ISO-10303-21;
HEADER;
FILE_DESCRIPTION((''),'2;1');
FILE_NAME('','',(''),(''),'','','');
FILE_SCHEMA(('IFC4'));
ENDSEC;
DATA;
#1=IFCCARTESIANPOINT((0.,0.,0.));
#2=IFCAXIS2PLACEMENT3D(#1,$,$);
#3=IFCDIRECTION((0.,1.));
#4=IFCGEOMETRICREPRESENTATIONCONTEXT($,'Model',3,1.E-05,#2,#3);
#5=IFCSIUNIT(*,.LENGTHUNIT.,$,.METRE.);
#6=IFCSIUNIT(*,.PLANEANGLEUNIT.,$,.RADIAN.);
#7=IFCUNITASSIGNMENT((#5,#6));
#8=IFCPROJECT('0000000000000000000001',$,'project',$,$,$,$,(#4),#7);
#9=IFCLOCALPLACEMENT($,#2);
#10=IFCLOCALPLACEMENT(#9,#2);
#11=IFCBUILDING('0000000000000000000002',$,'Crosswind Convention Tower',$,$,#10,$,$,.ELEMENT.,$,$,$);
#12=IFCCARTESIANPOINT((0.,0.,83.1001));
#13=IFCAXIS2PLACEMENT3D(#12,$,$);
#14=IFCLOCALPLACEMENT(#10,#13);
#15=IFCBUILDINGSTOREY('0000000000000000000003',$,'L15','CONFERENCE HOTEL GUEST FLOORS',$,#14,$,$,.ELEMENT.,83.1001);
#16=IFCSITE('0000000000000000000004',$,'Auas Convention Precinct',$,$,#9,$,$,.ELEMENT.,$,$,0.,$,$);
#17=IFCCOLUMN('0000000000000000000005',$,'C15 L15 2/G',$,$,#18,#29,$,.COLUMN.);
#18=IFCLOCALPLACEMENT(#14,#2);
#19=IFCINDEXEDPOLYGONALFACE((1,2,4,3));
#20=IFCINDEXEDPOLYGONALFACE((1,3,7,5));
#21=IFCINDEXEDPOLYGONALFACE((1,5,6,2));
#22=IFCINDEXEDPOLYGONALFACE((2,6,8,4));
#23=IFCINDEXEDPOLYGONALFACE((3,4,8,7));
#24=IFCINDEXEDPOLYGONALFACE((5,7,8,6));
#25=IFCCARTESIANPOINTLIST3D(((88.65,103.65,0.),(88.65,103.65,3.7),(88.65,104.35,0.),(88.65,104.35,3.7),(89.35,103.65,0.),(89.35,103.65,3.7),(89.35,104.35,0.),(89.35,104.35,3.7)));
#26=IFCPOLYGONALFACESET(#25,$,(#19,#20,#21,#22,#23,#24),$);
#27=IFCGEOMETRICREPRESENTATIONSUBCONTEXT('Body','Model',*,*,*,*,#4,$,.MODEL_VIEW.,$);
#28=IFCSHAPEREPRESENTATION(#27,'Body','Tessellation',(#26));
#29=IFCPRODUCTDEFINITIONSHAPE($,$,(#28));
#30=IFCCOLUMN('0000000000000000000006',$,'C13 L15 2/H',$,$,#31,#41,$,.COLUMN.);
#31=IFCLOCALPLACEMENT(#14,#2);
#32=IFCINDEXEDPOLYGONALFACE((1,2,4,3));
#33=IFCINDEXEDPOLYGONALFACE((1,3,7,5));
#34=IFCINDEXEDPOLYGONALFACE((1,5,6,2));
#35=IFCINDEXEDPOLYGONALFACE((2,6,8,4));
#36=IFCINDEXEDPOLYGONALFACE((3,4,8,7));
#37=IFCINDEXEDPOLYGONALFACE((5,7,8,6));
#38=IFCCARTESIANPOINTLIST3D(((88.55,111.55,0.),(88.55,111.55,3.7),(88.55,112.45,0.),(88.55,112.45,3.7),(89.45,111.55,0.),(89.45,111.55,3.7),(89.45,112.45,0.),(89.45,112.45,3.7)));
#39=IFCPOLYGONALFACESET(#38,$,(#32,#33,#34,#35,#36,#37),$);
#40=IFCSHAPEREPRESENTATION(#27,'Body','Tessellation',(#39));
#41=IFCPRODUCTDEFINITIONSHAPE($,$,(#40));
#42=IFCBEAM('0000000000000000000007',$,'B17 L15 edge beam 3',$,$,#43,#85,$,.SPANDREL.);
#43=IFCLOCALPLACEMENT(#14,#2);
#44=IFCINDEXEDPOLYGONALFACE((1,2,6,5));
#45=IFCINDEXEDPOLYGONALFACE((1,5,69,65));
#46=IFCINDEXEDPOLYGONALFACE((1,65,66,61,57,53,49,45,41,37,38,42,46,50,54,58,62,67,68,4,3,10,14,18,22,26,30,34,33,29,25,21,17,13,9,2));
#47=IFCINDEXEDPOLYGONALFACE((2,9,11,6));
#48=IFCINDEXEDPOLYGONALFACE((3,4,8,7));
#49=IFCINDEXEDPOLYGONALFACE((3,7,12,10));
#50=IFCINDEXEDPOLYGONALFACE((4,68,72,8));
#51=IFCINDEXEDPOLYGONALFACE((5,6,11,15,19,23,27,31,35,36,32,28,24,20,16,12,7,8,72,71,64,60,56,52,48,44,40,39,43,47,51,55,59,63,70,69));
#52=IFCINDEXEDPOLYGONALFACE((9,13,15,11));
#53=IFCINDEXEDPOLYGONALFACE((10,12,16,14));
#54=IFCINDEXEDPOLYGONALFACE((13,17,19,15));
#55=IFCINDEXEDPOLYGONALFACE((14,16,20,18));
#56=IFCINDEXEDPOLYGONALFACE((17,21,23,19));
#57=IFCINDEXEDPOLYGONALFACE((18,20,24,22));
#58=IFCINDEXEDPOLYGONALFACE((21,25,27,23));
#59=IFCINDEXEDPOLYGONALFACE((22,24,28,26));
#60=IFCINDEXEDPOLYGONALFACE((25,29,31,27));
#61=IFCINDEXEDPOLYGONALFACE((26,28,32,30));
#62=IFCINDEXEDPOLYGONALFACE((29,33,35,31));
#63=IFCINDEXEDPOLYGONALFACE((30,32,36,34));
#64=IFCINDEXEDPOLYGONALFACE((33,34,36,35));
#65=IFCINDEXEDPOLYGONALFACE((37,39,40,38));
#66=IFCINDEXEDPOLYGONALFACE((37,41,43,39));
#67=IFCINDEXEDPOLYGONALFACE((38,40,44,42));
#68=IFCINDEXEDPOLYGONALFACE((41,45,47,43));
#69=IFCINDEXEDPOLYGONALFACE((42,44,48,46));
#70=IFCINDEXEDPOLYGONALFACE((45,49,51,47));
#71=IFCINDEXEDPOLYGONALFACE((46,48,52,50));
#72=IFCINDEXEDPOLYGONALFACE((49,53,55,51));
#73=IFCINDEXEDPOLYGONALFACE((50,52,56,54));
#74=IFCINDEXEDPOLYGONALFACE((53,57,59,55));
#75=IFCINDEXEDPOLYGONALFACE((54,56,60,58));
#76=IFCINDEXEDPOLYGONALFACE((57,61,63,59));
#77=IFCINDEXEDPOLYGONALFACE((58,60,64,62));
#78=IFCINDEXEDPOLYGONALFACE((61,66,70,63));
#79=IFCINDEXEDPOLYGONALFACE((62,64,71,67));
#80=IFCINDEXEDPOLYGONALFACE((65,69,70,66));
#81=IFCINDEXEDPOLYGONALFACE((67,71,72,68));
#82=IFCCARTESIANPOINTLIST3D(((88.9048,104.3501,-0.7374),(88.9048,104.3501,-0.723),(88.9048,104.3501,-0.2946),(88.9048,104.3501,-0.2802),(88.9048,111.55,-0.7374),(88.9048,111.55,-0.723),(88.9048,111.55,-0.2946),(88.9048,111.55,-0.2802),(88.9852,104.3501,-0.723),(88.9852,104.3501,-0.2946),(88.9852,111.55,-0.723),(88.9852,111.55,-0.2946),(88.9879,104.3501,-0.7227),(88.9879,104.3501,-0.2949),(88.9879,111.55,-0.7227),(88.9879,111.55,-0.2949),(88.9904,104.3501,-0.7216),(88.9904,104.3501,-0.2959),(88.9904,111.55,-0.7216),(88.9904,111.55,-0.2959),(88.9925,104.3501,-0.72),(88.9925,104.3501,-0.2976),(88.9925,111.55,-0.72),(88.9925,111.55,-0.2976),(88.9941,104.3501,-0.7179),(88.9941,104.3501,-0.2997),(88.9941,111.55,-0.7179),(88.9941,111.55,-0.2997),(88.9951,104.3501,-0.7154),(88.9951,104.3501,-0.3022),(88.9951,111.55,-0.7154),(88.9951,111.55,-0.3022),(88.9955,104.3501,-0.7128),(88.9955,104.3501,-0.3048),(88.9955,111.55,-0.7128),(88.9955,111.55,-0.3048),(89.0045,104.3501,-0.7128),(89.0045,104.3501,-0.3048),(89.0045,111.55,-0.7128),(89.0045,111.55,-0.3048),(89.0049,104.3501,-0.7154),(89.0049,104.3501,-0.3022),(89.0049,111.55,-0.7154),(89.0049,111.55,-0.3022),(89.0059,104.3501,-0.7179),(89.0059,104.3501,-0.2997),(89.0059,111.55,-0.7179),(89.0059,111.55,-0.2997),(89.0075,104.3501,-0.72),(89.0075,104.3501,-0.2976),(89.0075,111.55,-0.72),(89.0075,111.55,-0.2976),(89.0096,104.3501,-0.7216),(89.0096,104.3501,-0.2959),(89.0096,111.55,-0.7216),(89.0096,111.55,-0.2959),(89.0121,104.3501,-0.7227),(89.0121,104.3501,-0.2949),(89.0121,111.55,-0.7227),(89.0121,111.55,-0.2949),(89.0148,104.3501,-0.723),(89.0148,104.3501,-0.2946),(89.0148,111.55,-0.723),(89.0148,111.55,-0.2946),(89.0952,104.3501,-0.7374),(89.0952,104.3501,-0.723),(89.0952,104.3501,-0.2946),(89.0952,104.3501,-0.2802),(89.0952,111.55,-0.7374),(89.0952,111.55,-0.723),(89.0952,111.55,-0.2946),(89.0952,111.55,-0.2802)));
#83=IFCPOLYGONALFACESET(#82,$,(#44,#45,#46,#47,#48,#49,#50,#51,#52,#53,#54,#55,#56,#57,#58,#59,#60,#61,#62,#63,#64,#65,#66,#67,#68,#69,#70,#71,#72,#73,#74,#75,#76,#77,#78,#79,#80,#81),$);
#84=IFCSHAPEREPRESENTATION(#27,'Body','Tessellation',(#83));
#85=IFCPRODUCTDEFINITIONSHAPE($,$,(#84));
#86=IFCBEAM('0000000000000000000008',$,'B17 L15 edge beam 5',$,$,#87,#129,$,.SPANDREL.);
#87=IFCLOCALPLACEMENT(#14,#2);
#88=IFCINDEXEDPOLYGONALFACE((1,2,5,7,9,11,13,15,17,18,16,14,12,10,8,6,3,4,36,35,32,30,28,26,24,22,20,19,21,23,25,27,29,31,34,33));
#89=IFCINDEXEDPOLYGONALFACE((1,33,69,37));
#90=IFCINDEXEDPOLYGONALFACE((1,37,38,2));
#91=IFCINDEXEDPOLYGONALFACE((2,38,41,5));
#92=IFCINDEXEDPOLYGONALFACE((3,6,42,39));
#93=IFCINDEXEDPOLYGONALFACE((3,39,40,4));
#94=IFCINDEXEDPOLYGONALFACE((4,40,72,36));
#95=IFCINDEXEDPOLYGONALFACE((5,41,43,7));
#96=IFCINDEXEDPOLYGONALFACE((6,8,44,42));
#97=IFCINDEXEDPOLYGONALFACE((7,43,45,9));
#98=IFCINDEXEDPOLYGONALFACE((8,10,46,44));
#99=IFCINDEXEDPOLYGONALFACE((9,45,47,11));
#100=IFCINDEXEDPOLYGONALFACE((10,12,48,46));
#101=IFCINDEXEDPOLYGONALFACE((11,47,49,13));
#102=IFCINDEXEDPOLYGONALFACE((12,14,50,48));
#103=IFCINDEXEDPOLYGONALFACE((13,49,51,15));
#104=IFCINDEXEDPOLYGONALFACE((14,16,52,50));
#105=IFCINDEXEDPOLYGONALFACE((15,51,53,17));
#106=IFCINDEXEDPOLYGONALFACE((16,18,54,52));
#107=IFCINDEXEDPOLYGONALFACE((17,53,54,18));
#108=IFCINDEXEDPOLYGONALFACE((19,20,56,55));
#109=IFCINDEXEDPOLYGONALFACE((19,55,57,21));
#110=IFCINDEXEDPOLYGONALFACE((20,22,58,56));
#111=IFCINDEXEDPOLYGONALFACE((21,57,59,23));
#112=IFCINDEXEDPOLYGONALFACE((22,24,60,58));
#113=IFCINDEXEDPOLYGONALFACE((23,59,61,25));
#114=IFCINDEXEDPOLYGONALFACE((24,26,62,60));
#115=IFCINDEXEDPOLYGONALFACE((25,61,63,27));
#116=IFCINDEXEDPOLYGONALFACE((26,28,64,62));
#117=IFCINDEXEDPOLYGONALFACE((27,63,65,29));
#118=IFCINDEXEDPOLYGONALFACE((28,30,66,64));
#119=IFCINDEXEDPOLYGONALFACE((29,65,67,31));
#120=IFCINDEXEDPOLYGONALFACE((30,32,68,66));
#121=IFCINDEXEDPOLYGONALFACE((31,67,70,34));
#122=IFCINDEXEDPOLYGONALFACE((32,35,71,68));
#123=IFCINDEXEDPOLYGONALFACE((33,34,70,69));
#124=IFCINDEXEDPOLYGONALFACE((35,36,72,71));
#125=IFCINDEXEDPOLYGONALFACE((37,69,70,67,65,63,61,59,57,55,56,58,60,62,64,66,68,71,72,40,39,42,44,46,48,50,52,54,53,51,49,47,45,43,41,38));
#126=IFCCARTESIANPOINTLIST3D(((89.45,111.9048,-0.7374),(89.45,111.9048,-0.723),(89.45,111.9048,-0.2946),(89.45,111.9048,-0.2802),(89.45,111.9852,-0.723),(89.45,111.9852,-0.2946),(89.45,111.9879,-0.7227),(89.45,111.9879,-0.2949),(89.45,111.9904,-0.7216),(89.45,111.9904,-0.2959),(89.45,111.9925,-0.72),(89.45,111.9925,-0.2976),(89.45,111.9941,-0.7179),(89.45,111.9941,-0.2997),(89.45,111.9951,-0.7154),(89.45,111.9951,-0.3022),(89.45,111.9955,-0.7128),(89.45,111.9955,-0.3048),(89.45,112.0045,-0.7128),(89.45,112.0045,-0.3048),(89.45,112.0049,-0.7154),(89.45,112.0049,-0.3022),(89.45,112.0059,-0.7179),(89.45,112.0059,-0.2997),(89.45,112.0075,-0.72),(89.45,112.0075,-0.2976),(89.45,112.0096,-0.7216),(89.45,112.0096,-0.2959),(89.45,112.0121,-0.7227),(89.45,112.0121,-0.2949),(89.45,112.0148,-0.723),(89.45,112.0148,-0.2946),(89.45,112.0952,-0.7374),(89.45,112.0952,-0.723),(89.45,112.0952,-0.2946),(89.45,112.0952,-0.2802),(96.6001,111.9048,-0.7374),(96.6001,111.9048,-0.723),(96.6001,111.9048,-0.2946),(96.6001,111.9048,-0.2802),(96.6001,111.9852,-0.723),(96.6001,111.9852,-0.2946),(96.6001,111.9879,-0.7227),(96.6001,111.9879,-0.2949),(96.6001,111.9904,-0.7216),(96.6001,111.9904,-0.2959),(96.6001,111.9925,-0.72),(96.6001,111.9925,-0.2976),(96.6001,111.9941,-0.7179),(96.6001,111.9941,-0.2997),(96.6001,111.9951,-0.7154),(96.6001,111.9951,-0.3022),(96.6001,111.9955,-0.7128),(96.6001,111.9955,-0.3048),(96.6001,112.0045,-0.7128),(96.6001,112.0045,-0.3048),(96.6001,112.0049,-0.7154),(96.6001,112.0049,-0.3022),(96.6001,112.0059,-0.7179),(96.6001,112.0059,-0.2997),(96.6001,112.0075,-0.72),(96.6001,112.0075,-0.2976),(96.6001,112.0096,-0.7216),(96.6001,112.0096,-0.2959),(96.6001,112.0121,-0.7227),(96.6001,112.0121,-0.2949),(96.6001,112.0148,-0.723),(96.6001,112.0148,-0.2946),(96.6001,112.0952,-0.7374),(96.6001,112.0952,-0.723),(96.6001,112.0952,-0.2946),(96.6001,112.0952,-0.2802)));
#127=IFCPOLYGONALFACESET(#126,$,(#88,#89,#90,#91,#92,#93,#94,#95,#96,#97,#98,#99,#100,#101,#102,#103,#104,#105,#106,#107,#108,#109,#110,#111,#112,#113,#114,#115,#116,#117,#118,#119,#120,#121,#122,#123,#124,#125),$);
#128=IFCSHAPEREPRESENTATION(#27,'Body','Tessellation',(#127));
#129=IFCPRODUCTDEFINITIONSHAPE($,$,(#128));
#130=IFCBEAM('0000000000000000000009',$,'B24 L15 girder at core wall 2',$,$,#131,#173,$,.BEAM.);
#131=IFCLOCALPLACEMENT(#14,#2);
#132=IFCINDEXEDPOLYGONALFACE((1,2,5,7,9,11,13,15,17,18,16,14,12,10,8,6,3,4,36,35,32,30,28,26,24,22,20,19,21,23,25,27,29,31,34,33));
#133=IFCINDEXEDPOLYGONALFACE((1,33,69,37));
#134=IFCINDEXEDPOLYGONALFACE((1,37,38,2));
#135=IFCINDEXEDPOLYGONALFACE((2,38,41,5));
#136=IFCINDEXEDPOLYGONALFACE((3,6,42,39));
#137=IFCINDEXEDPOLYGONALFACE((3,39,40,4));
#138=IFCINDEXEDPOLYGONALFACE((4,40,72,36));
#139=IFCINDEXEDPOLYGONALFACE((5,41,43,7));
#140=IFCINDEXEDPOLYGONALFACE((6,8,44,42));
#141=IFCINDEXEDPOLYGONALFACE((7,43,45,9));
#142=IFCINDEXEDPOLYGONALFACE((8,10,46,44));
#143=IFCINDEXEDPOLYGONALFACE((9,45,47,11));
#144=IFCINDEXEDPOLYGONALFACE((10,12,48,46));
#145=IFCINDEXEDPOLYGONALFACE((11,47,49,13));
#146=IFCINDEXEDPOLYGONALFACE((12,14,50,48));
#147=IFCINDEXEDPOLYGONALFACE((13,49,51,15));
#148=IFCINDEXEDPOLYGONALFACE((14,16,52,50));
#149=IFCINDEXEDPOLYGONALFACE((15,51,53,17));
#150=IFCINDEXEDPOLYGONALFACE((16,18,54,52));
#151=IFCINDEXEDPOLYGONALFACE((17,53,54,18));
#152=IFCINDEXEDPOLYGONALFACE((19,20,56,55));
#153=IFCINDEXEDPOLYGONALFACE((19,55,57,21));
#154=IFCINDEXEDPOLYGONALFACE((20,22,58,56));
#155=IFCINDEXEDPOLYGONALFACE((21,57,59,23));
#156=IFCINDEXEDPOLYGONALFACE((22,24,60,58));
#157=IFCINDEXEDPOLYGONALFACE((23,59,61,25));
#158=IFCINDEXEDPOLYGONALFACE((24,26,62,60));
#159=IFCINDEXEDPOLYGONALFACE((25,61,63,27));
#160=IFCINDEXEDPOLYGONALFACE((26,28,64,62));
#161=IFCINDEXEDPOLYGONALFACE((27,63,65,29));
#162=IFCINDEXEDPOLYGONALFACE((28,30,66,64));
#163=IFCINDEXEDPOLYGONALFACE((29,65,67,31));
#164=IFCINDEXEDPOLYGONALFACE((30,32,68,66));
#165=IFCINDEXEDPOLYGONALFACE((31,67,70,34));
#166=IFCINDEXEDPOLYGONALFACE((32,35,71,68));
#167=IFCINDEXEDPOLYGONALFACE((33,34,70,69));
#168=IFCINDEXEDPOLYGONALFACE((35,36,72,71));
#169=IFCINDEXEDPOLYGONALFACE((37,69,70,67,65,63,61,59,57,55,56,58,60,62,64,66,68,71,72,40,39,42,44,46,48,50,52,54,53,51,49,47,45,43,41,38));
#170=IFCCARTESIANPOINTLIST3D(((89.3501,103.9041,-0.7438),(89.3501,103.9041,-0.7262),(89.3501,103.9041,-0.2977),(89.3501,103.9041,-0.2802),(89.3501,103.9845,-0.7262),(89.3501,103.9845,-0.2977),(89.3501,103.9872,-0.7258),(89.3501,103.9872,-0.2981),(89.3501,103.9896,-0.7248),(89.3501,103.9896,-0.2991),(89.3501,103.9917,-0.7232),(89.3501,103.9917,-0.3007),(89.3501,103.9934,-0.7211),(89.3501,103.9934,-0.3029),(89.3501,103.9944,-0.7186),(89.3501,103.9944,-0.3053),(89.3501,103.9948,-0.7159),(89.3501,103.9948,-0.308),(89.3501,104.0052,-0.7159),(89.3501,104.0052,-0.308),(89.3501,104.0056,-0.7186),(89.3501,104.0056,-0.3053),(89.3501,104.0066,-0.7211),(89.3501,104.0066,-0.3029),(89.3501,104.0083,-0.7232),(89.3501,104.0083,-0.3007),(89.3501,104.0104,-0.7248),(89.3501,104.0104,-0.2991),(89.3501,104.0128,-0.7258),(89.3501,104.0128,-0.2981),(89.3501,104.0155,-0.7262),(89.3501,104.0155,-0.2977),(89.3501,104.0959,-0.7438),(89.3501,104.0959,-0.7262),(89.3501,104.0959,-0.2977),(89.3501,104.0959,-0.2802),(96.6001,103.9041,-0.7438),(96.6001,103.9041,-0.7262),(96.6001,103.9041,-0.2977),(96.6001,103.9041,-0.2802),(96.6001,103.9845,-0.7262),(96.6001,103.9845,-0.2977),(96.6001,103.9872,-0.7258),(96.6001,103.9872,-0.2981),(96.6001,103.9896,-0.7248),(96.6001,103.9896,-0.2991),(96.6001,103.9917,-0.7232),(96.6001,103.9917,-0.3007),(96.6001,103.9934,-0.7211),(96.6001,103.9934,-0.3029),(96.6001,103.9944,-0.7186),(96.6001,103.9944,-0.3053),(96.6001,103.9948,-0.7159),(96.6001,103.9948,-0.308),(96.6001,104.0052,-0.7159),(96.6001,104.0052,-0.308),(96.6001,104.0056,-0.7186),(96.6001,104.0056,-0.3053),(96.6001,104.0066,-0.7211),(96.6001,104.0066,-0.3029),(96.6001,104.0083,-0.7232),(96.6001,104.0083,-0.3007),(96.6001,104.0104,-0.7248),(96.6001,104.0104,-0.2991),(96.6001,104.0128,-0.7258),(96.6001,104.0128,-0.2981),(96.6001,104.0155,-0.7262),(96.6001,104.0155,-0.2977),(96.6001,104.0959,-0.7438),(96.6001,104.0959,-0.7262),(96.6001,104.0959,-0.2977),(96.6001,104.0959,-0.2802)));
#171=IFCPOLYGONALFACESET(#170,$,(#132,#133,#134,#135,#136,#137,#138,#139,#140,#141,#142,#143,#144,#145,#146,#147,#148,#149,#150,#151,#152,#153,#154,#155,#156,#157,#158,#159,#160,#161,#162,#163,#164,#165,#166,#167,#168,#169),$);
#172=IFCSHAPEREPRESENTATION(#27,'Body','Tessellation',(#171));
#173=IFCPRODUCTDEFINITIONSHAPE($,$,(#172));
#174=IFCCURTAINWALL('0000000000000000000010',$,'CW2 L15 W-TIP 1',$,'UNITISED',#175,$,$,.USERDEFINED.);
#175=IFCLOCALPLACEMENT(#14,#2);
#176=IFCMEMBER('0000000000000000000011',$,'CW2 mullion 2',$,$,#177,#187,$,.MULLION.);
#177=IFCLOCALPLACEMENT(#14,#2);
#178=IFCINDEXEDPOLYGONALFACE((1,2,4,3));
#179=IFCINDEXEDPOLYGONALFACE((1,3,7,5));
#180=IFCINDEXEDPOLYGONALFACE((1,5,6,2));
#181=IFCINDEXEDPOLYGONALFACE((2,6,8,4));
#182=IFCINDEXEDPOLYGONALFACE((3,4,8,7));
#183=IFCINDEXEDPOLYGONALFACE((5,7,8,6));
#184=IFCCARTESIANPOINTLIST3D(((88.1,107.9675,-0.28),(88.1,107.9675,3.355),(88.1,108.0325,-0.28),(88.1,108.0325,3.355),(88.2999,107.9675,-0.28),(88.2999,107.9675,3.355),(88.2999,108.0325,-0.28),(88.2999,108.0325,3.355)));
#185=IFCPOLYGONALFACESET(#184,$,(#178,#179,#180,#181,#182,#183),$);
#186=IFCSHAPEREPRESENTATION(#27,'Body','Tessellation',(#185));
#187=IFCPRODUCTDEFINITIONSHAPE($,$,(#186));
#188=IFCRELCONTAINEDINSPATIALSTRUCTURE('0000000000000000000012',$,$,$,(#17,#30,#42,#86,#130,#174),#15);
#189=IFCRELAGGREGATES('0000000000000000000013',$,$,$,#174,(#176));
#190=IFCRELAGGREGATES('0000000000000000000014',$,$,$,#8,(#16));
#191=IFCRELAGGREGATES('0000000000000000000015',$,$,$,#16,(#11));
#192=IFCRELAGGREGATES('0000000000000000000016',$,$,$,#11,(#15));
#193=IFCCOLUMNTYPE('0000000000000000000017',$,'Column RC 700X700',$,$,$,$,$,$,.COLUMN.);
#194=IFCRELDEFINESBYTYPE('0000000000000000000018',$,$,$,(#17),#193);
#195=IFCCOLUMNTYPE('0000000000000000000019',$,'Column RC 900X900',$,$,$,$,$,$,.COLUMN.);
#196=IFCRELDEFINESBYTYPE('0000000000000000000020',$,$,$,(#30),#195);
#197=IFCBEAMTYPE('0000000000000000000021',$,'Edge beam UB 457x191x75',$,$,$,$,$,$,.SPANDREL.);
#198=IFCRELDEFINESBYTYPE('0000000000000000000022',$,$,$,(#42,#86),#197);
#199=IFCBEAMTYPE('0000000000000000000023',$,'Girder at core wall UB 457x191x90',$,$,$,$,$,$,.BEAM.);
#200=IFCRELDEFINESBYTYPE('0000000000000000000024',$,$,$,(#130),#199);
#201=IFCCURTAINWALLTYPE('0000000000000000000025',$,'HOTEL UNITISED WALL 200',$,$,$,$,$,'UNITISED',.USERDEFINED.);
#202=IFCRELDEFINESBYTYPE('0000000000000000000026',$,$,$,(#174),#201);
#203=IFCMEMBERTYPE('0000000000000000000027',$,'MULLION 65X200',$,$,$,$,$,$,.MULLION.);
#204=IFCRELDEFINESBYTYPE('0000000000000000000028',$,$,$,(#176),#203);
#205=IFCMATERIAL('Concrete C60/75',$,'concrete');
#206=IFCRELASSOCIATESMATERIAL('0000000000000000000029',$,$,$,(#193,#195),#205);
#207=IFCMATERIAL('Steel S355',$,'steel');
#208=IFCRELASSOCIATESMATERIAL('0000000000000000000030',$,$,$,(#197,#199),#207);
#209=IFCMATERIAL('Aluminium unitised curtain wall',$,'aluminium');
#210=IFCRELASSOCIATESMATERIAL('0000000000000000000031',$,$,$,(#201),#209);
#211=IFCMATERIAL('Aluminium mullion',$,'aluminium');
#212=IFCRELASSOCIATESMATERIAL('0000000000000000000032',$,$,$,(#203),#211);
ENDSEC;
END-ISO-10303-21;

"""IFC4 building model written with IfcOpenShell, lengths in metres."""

from ifc_helpers import new_model, si_unit, direction, frame, origin, origin_2d, place, context, subcontext, project, spatial, rectangle, i_section, extrude, material, material_profile, profile_set, type_object, element, aggregate, save


model = new_model("IFC4")

# Units and contexts
model_context = context("Model", 3, precision=1e-05, world=origin(), true_north=direction((0.0, 1.0)))
body_context = subcontext(model_context, "Body", "Model", "MODEL_VIEW")
ifc_project = project(units=[si_unit("LENGTHUNIT", "METRE"), si_unit("PLANEANGLEUNIT", "RADIAN")], contexts=[model_context])

# Site, building, storey
site_placement = place(None, origin())
site = spatial("IfcSite", under=ifc_project, at=site_placement, Name="Auas Convention Precinct", CompositionType="ELEMENT", RefElevation=0.0)
building_placement = place(site_placement, origin())
building = spatial("IfcBuilding", under=site, at=building_placement, Name="Crosswind Convention Tower", CompositionType="ELEMENT")
storey_placement = place(building_placement, frame((0.0, 0.0, 83.1001)))
storey = spatial("IfcBuildingStorey", under=building, at=storey_placement, Name="L15", Description="CONFERENCE HOTEL GUEST FLOORS", CompositionType="ELEMENT", Elevation=83.1001)

# Columns
ifc_material_1 = material(Name="Concrete C60/75", Category="concrete")
ifc_material_profile_1 = material_profile(ifc_material_1, rectangle(XDim=0.7, YDim=0.7, at=origin_2d()), Name="RC 700X700")
ifc_profile_set_1 = profile_set([ifc_material_profile_1], Name="Concrete C60/75")
column_type_1 = type_object("IfcColumnType", Name="Column RC 700X700", PredefinedType="COLUMN", material=ifc_profile_set_1)
column_1_placement = place(storey_placement, frame((89.0, 104.0, 0.0), z_axis=(0.0, 0.0, 1.0), x_axis=(1.0, 0.0, 0.0)))
element("IfcColumn", 1, at=column_1_placement, inside=storey, type_object=column_type_1, Name="C15 L15 2/G", PredefinedType="COLUMN", context=body_context, shape_type="SweptSolid", body=[
    extrude(rectangle(XDim=0.7, YDim=0.7, at=origin_2d()), origin(), (0.0, 0.0, 1.0), 3.7),
])
ifc_material_profile_2 = material_profile(ifc_material_1, rectangle(XDim=0.8999, YDim=0.8999, at=origin_2d()), Name="RC 900X900")
ifc_profile_set_2 = profile_set([ifc_material_profile_2], Name="Concrete C60/75")
column_type_2 = type_object("IfcColumnType", Name="Column RC 900X900", PredefinedType="COLUMN", material=ifc_profile_set_2)
column_2_placement = place(storey_placement, frame((89.0, 112.0, 0.0), z_axis=(0.0, 0.0, 1.0), x_axis=(1.0, 0.0, 0.0)))
element("IfcColumn", 2, at=column_2_placement, inside=storey, type_object=column_type_2, Name="C13 L15 2/H", PredefinedType="COLUMN", context=body_context, shape_type="SweptSolid", body=[
    extrude(rectangle(XDim=0.8999, YDim=0.8999, at=origin_2d()), origin(), (0.0, 0.0, 1.0), 3.7),
])

# Beams
ifc_material_2 = material(Name="Steel S355", Category="steel")
ifc_material_profile_3 = material_profile(ifc_material_2, i_section(OverallWidth=0.1904, OverallDepth=0.4573, WebThickness=0.009, FlangeThickness=0.0144, FilletRadius=0.0103, at=origin_2d()), Name="UB 457x191x75")
ifc_profile_set_3 = profile_set([ifc_material_profile_3], Name="Steel S355")
beam_type_1 = type_object("IfcBeamType", Name="Edge beam UB 457x191x75", PredefinedType="SPANDREL", material=ifc_profile_set_3)
beam_1_placement = place(storey_placement, frame((89.0, 104.3501, -0.5088), z_axis=(0.0, 1.0, 0.0), x_axis=(-1.0, 0.0, 0.0)))
element("IfcBeam", 3, at=beam_1_placement, inside=storey, type_object=beam_type_1, Name="B17 L15 edge beam 3", PredefinedType="SPANDREL", context=body_context, shape_type="SweptSolid", body=[
    extrude(i_section(OverallWidth=0.1904, OverallDepth=0.4573, WebThickness=0.009, FlangeThickness=0.0144, FilletRadius=0.0103, at=origin_2d()), origin(), (0.0, 0.0, 1.0), 7.2),
])
beam_2_placement = place(storey_placement, frame((89.45, 112.0, -0.5088), z_axis=(1.0, 0.0, 0.0), x_axis=(0.0, 1.0, 0.0)))
element("IfcBeam", 4, at=beam_2_placement, inside=storey, type_object=beam_type_1, Name="B17 L15 edge beam 5", PredefinedType="SPANDREL", context=body_context, shape_type="SweptSolid", body=[
    extrude(i_section(OverallWidth=0.1904, OverallDepth=0.4573, WebThickness=0.009, FlangeThickness=0.0144, FilletRadius=0.0103, at=origin_2d()), origin(), (0.0, 0.0, 1.0), 7.1501),
])
ifc_material_profile_4 = material_profile(ifc_material_2, i_section(OverallWidth=0.1919, OverallDepth=0.4636, WebThickness=0.0105, FlangeThickness=0.0176, FilletRadius=0.0103, at=origin_2d()), Name="UB 457x191x90")
ifc_profile_set_4 = profile_set([ifc_material_profile_4], Name="Steel S355")
beam_type_2 = type_object("IfcBeamType", Name="Girder at core wall UB 457x191x90", PredefinedType="BEAM", material=ifc_profile_set_4)
beam_3_placement = place(storey_placement, frame((89.3501, 104.0, -0.512), z_axis=(1.0, 0.0, 0.0), x_axis=(0.0, 1.0, 0.0)))
element("IfcBeam", 5, at=beam_3_placement, inside=storey, type_object=beam_type_2, Name="B24 L15 girder at core wall 2", PredefinedType="BEAM", context=body_context, shape_type="SweptSolid", body=[
    extrude(i_section(OverallWidth=0.1919, OverallDepth=0.4636, WebThickness=0.0105, FlangeThickness=0.0176, FilletRadius=0.0103, at=origin_2d()), origin(), (0.0, 0.0, 1.0), 7.25),
])

# Curtain wall, member
ifc_material_3 = material(Name="Aluminium unitised curtain wall", Category="aluminium")
curtain_wall_type = type_object("IfcCurtainWallType", Name="HOTEL UNITISED WALL 200", ElementType="UNITISED", PredefinedType="USERDEFINED", material=ifc_material_3)
curtain_wall_placement = place(storey_placement, origin())
curtain_wall = element("IfcCurtainWall", 6, at=curtain_wall_placement, inside=storey, type_object=curtain_wall_type, Name="CW2 L15 W-TIP 1", ObjectType="UNITISED", PredefinedType="USERDEFINED")
ifc_material_4 = material(Name="Aluminium mullion", Category="aluminium")
ifc_material_profile_5 = material_profile(ifc_material_4, rectangle(XDim=0.2, YDim=0.0649, at=origin_2d()), Name="AL 200X65")
ifc_profile_set_5 = profile_set([ifc_material_profile_5], Name="Aluminium mullion")
member_type = type_object("IfcMemberType", Name="MULLION 65X200", PredefinedType="MULLION", material=ifc_profile_set_5)
member_1_placement = place(storey_placement, frame((88.2, 108.0, -0.28), z_axis=(0.0, 0.0, 1.0), x_axis=(-1.0, 0.0, 0.0)))
member_1 = element("IfcMember", 7, at=member_1_placement, type_object=member_type, Name="CW2 mullion 2", PredefinedType="MULLION", context=body_context, shape_type="SweptSolid", body=[
    extrude(rectangle(XDim=0.2, YDim=0.0649, at=origin_2d()), origin(), (0.0, 0.0, 1.0), 3.635),
])

aggregate(curtain_wall, [member_1])

save(model, "model.ifc")
